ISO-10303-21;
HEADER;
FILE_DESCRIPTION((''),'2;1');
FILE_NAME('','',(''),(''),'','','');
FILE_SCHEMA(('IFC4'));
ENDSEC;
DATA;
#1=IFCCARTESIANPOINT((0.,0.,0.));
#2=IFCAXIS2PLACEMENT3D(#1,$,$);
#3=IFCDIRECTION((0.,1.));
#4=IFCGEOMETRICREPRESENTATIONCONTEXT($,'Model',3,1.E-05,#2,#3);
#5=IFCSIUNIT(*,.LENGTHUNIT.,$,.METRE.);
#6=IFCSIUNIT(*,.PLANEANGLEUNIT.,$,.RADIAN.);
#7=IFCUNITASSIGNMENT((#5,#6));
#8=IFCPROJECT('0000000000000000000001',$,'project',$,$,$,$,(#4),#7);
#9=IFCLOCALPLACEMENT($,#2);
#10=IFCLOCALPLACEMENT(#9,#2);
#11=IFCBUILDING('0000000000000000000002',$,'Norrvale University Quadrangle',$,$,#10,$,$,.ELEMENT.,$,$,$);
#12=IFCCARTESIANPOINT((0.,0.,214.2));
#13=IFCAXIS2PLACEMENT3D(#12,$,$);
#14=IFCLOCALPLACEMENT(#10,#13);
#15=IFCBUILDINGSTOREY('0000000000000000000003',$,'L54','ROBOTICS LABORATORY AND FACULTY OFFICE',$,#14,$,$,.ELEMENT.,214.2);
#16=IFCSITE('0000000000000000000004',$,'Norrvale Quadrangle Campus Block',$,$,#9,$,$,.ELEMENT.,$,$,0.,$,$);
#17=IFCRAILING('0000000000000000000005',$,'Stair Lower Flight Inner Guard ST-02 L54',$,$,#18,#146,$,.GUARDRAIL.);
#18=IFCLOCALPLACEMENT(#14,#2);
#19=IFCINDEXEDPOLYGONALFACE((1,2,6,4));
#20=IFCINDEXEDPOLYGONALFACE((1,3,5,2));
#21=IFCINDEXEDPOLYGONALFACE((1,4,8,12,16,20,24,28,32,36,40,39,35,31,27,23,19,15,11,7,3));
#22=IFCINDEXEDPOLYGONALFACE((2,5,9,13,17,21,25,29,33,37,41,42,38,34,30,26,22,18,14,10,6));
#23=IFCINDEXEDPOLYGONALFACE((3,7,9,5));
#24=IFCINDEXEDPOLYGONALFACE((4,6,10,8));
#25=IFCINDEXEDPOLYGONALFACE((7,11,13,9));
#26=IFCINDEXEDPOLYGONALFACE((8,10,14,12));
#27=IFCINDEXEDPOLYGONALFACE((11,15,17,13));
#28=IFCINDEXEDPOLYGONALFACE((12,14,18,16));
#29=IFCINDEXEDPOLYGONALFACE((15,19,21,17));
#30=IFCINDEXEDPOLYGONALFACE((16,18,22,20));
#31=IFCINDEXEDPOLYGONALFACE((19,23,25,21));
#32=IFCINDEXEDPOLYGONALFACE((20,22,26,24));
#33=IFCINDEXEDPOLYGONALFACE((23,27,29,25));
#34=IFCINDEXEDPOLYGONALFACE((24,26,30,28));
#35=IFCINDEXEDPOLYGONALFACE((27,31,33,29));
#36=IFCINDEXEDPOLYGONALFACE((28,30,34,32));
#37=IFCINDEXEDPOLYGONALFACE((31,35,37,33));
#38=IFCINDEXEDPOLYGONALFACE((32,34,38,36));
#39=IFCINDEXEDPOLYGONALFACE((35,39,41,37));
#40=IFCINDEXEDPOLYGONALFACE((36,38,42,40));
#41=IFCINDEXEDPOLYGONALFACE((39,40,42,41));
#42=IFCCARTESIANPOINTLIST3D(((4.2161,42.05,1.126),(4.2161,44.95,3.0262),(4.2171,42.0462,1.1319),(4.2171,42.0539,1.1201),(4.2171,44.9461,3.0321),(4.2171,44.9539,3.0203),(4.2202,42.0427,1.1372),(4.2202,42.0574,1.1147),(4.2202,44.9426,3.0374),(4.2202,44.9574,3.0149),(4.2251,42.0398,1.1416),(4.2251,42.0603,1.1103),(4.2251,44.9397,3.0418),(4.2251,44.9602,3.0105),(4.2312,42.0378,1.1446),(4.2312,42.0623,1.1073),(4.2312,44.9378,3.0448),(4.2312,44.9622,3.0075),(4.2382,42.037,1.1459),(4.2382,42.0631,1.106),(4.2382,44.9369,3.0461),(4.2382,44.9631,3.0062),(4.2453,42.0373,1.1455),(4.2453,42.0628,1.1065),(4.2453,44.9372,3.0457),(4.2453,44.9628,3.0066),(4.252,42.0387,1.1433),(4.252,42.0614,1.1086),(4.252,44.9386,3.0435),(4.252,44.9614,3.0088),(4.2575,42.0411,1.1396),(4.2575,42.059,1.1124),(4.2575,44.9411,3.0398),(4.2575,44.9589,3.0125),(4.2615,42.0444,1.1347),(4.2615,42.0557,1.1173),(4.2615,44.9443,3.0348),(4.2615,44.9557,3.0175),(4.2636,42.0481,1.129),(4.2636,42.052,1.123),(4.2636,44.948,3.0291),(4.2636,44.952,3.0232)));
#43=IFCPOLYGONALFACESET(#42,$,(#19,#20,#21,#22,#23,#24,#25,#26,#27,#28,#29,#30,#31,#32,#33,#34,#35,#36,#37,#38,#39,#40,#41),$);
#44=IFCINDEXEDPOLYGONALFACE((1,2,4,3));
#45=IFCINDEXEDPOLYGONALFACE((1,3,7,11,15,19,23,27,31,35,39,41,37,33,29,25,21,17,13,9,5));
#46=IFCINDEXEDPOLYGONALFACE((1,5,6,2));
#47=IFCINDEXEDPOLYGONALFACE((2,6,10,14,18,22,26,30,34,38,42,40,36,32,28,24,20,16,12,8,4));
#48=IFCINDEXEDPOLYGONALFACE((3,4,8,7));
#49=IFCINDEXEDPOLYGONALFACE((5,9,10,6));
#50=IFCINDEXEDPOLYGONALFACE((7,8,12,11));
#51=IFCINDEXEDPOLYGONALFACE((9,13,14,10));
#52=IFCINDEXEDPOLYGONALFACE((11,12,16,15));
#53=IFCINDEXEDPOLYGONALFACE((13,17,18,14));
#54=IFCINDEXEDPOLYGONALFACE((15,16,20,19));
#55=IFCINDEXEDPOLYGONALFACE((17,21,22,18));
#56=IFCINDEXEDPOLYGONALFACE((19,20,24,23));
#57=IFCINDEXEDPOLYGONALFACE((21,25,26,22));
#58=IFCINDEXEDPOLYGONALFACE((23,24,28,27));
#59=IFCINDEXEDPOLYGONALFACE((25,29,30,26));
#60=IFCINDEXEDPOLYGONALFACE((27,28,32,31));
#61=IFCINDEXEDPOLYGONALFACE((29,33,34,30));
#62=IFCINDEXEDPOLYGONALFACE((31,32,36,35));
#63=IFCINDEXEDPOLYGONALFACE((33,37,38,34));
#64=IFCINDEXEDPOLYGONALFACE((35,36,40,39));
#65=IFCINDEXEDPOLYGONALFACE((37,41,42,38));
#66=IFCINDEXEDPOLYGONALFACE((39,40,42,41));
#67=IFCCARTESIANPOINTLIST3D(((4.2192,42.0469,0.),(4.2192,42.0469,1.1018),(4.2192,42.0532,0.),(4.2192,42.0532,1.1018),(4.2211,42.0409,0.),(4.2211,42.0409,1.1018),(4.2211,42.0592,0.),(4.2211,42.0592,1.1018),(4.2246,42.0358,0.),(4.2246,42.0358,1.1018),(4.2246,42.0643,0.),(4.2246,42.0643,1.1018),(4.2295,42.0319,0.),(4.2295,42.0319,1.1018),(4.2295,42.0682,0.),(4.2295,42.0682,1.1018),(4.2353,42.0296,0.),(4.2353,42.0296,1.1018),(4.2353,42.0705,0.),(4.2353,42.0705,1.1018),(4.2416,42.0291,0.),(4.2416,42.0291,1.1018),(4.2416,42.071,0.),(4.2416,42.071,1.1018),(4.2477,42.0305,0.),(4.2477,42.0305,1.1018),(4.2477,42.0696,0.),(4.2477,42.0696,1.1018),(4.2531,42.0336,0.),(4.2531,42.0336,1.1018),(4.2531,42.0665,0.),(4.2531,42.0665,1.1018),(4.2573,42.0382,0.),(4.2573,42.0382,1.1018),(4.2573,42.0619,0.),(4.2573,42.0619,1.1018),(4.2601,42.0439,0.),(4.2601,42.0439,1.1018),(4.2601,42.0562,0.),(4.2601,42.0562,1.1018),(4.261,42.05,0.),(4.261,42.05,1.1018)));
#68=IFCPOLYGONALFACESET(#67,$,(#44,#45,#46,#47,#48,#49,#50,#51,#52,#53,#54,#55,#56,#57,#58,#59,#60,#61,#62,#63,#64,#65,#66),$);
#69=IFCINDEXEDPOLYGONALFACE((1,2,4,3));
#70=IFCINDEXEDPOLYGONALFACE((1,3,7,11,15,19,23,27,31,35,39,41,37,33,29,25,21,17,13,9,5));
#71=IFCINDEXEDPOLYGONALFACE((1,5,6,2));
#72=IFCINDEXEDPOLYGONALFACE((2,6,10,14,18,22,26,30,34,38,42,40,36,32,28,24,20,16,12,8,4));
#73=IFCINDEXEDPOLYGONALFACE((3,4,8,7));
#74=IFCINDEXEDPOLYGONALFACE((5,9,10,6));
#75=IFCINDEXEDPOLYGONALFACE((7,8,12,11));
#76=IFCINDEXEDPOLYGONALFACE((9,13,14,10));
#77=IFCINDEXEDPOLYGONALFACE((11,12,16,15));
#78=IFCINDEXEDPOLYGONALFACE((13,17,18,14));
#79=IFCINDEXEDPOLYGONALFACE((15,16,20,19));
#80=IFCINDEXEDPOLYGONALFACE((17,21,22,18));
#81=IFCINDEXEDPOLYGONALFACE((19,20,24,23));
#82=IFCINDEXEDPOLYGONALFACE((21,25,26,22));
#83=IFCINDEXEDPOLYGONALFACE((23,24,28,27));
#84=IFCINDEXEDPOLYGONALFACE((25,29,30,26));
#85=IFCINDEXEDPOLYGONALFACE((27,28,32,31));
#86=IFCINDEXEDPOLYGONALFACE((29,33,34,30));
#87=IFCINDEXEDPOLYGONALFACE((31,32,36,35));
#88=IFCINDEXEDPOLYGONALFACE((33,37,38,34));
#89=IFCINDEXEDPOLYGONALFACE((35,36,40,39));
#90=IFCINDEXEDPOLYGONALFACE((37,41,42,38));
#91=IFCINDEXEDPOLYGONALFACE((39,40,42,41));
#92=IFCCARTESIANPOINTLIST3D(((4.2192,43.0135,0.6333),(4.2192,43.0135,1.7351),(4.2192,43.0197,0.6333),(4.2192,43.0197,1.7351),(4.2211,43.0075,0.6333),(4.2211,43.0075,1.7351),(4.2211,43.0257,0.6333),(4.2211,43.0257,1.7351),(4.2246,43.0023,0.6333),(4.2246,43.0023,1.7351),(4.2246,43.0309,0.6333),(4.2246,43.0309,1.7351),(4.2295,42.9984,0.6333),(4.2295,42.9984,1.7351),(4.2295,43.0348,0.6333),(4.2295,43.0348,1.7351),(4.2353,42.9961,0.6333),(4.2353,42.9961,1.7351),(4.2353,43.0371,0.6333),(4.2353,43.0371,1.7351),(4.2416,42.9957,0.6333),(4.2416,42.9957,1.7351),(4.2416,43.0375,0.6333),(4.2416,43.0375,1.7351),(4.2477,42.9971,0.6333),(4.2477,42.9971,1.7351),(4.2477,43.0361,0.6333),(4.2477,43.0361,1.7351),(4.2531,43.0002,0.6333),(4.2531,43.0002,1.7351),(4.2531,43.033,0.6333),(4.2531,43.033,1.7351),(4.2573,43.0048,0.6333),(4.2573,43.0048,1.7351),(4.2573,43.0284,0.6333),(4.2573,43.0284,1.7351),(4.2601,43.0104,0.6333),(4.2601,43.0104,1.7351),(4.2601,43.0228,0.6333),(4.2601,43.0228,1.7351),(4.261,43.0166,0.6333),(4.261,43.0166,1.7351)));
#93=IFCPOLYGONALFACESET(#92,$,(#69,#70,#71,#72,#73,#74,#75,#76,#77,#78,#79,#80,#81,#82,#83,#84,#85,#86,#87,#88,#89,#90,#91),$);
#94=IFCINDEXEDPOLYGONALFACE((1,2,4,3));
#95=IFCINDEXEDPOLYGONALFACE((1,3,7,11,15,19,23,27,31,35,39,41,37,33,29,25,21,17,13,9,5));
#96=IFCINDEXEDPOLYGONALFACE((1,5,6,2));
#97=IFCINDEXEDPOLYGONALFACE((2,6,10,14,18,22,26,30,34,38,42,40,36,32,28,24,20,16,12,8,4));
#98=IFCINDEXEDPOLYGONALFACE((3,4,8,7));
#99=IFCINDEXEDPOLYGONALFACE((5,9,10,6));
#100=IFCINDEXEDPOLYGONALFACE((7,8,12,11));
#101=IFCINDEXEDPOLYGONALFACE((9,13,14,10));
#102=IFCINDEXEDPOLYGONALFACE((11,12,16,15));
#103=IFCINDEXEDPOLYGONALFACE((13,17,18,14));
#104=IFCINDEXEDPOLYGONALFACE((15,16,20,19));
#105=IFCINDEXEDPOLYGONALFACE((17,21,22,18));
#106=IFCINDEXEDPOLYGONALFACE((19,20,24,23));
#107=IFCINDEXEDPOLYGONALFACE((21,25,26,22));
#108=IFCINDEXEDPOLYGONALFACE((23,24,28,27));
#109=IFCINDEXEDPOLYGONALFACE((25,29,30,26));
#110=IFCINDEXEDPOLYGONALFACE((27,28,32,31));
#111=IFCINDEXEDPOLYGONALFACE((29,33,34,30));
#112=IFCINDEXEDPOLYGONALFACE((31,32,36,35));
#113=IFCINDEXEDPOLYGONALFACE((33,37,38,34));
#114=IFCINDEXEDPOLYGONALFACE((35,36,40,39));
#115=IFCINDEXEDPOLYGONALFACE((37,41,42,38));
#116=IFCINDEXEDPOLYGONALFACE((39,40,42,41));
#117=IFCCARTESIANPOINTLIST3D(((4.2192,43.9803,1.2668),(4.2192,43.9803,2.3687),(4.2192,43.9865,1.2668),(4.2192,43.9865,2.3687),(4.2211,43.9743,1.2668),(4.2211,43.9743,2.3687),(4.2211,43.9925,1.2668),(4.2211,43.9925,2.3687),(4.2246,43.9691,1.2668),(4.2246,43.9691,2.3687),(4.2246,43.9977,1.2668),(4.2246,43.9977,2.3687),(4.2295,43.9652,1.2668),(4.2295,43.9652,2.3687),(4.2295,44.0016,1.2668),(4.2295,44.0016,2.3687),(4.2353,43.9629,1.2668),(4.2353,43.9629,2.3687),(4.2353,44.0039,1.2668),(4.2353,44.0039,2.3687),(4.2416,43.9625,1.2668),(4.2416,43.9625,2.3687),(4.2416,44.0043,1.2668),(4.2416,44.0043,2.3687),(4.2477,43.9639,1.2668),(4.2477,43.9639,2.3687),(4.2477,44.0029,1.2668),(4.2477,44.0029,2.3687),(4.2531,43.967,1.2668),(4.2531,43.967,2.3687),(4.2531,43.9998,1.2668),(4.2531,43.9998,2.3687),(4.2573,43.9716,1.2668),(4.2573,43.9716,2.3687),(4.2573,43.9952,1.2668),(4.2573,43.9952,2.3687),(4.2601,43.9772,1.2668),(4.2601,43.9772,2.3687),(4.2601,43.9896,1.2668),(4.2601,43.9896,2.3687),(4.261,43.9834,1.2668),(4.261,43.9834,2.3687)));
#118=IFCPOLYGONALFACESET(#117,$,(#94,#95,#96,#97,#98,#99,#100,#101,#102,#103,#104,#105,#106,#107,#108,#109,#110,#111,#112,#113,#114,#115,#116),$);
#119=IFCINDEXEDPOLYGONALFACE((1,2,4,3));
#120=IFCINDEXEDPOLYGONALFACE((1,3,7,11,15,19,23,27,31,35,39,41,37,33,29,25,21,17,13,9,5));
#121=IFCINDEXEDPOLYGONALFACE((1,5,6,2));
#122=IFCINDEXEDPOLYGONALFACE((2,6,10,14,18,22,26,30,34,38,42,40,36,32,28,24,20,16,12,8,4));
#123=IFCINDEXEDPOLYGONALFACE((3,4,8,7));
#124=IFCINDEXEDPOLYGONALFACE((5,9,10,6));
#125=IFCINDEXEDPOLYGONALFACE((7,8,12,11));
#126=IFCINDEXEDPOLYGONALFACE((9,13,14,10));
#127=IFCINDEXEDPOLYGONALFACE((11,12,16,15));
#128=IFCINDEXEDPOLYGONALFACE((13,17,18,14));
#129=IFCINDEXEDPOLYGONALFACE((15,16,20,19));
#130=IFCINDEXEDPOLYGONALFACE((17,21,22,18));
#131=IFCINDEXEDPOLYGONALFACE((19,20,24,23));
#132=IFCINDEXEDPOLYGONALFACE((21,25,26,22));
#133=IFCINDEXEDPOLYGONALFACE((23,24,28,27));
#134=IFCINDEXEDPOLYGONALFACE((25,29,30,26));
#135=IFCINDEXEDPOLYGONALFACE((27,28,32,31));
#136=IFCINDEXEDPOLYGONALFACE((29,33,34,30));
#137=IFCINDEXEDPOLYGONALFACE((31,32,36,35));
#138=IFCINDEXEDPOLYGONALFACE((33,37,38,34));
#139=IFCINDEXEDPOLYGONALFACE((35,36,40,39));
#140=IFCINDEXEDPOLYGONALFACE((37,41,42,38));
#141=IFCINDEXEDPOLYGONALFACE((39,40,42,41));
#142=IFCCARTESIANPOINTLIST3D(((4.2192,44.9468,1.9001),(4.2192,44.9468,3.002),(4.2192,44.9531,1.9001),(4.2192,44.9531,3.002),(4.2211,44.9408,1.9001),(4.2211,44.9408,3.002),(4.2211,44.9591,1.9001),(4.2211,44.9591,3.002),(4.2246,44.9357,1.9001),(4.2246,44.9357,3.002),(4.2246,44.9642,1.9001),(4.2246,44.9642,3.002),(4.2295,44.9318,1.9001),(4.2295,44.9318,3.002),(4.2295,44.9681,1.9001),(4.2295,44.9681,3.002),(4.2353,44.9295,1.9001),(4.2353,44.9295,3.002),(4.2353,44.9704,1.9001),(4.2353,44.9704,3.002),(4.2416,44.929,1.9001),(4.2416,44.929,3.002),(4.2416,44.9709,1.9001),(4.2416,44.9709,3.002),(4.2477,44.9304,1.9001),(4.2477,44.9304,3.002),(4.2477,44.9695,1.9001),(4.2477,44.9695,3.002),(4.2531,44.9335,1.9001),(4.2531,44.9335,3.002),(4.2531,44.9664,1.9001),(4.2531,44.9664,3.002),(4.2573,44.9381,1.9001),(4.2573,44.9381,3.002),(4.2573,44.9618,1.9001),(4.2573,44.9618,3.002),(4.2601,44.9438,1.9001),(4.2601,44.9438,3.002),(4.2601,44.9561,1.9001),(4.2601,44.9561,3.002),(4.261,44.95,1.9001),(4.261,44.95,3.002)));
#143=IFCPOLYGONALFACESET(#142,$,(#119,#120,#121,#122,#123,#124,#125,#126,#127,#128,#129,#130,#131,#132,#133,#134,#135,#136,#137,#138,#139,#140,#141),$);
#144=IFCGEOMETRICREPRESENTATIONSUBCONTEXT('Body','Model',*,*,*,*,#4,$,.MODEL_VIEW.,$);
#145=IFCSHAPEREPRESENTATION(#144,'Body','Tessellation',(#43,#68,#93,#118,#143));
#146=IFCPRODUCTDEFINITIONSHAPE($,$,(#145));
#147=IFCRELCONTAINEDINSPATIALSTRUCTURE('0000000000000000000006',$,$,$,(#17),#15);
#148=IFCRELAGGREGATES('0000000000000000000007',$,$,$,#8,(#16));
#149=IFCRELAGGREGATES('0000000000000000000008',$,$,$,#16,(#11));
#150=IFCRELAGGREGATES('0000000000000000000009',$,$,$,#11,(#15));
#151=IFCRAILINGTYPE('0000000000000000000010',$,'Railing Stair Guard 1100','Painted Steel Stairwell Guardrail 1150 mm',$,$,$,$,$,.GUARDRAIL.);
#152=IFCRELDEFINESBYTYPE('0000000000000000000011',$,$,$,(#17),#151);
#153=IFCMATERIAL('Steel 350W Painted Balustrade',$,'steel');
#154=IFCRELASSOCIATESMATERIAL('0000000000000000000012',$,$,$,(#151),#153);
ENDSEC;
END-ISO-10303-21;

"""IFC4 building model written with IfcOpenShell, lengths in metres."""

from ifc_helpers import new_model, si_unit, direction, frame, origin, origin_2d, place, context, subcontext, project, spatial, circle, extrude, material, type_object, element, save


model = new_model("IFC4")

# Units and contexts
model_context = context("Model", 3, precision=1e-05, world=origin(), true_north=direction((0.0, 1.0)))
body_context = subcontext(model_context, "Body", "Model", "MODEL_VIEW")
ifc_project = project(units=[si_unit("LENGTHUNIT", "METRE"), si_unit("PLANEANGLEUNIT", "RADIAN")], contexts=[model_context])

# Site, building, storey
site_placement = place(None, origin())
site = spatial("IfcSite", under=ifc_project, at=site_placement, Name="Norrvale Quadrangle Campus Block", CompositionType="ELEMENT", RefElevation=0.0)
building_placement = place(site_placement, origin())
building = spatial("IfcBuilding", under=site, at=building_placement, Name="Norrvale University Quadrangle", CompositionType="ELEMENT")
storey_placement = place(building_placement, frame((0.0, 0.0, 214.2)))
storey = spatial("IfcBuildingStorey", under=building, at=storey_placement, Name="L54", Description="ROBOTICS LABORATORY AND FACULTY OFFICE", CompositionType="ELEMENT", Elevation=214.2)

# Railing
ifc_material_1 = material(Name="Steel 350W Painted Balustrade", Category="steel")
railing_type_1 = type_object("IfcRailingType", Name="Railing Stair Guard 1100", Description="Painted Steel Stairwell Guardrail 1150 mm", PredefinedType="GUARDRAIL", material=ifc_material_1)
railing_1_placement = place(storey_placement, frame((4.24, 42.05, 0.0)))
element("IfcRailing", 1, at=railing_1_placement, inside=storey, type_object=railing_type_1, Name="Stair Lower Flight Inner Guard ST-02 L54", PredefinedType="GUARDRAIL", context=body_context, shape_type="SweptSolid", body=[
    extrude(circle(Radius=0.0239, at=origin_2d()), frame((0.0, 0.0, 1.126), z_axis=(0.0, 0.836433, 0.548069), x_axis=(-1.0, 0.0, 0.0)), (0.0, 0.0, 1.0), 3.467),
    extrude(circle(Radius=0.021, at=origin_2d()), origin(), (0.0, 0.0, 1.0), 1.1018),
    extrude(circle(Radius=0.021, at=origin_2d()), frame((0.0, 0.9666, 0.6333)), (0.0, 0.0, 1.0), 1.1018),
    extrude(circle(Radius=0.021, at=origin_2d()), frame((0.0, 1.9333, 1.2668)), (0.0, 0.0, 1.0), 1.1018),
    extrude(circle(Radius=0.021, at=origin_2d()), frame((0.0, 2.8999, 1.9001)), (0.0, 0.0, 1.0), 1.1018),
])

save(model, "model.ifc")
